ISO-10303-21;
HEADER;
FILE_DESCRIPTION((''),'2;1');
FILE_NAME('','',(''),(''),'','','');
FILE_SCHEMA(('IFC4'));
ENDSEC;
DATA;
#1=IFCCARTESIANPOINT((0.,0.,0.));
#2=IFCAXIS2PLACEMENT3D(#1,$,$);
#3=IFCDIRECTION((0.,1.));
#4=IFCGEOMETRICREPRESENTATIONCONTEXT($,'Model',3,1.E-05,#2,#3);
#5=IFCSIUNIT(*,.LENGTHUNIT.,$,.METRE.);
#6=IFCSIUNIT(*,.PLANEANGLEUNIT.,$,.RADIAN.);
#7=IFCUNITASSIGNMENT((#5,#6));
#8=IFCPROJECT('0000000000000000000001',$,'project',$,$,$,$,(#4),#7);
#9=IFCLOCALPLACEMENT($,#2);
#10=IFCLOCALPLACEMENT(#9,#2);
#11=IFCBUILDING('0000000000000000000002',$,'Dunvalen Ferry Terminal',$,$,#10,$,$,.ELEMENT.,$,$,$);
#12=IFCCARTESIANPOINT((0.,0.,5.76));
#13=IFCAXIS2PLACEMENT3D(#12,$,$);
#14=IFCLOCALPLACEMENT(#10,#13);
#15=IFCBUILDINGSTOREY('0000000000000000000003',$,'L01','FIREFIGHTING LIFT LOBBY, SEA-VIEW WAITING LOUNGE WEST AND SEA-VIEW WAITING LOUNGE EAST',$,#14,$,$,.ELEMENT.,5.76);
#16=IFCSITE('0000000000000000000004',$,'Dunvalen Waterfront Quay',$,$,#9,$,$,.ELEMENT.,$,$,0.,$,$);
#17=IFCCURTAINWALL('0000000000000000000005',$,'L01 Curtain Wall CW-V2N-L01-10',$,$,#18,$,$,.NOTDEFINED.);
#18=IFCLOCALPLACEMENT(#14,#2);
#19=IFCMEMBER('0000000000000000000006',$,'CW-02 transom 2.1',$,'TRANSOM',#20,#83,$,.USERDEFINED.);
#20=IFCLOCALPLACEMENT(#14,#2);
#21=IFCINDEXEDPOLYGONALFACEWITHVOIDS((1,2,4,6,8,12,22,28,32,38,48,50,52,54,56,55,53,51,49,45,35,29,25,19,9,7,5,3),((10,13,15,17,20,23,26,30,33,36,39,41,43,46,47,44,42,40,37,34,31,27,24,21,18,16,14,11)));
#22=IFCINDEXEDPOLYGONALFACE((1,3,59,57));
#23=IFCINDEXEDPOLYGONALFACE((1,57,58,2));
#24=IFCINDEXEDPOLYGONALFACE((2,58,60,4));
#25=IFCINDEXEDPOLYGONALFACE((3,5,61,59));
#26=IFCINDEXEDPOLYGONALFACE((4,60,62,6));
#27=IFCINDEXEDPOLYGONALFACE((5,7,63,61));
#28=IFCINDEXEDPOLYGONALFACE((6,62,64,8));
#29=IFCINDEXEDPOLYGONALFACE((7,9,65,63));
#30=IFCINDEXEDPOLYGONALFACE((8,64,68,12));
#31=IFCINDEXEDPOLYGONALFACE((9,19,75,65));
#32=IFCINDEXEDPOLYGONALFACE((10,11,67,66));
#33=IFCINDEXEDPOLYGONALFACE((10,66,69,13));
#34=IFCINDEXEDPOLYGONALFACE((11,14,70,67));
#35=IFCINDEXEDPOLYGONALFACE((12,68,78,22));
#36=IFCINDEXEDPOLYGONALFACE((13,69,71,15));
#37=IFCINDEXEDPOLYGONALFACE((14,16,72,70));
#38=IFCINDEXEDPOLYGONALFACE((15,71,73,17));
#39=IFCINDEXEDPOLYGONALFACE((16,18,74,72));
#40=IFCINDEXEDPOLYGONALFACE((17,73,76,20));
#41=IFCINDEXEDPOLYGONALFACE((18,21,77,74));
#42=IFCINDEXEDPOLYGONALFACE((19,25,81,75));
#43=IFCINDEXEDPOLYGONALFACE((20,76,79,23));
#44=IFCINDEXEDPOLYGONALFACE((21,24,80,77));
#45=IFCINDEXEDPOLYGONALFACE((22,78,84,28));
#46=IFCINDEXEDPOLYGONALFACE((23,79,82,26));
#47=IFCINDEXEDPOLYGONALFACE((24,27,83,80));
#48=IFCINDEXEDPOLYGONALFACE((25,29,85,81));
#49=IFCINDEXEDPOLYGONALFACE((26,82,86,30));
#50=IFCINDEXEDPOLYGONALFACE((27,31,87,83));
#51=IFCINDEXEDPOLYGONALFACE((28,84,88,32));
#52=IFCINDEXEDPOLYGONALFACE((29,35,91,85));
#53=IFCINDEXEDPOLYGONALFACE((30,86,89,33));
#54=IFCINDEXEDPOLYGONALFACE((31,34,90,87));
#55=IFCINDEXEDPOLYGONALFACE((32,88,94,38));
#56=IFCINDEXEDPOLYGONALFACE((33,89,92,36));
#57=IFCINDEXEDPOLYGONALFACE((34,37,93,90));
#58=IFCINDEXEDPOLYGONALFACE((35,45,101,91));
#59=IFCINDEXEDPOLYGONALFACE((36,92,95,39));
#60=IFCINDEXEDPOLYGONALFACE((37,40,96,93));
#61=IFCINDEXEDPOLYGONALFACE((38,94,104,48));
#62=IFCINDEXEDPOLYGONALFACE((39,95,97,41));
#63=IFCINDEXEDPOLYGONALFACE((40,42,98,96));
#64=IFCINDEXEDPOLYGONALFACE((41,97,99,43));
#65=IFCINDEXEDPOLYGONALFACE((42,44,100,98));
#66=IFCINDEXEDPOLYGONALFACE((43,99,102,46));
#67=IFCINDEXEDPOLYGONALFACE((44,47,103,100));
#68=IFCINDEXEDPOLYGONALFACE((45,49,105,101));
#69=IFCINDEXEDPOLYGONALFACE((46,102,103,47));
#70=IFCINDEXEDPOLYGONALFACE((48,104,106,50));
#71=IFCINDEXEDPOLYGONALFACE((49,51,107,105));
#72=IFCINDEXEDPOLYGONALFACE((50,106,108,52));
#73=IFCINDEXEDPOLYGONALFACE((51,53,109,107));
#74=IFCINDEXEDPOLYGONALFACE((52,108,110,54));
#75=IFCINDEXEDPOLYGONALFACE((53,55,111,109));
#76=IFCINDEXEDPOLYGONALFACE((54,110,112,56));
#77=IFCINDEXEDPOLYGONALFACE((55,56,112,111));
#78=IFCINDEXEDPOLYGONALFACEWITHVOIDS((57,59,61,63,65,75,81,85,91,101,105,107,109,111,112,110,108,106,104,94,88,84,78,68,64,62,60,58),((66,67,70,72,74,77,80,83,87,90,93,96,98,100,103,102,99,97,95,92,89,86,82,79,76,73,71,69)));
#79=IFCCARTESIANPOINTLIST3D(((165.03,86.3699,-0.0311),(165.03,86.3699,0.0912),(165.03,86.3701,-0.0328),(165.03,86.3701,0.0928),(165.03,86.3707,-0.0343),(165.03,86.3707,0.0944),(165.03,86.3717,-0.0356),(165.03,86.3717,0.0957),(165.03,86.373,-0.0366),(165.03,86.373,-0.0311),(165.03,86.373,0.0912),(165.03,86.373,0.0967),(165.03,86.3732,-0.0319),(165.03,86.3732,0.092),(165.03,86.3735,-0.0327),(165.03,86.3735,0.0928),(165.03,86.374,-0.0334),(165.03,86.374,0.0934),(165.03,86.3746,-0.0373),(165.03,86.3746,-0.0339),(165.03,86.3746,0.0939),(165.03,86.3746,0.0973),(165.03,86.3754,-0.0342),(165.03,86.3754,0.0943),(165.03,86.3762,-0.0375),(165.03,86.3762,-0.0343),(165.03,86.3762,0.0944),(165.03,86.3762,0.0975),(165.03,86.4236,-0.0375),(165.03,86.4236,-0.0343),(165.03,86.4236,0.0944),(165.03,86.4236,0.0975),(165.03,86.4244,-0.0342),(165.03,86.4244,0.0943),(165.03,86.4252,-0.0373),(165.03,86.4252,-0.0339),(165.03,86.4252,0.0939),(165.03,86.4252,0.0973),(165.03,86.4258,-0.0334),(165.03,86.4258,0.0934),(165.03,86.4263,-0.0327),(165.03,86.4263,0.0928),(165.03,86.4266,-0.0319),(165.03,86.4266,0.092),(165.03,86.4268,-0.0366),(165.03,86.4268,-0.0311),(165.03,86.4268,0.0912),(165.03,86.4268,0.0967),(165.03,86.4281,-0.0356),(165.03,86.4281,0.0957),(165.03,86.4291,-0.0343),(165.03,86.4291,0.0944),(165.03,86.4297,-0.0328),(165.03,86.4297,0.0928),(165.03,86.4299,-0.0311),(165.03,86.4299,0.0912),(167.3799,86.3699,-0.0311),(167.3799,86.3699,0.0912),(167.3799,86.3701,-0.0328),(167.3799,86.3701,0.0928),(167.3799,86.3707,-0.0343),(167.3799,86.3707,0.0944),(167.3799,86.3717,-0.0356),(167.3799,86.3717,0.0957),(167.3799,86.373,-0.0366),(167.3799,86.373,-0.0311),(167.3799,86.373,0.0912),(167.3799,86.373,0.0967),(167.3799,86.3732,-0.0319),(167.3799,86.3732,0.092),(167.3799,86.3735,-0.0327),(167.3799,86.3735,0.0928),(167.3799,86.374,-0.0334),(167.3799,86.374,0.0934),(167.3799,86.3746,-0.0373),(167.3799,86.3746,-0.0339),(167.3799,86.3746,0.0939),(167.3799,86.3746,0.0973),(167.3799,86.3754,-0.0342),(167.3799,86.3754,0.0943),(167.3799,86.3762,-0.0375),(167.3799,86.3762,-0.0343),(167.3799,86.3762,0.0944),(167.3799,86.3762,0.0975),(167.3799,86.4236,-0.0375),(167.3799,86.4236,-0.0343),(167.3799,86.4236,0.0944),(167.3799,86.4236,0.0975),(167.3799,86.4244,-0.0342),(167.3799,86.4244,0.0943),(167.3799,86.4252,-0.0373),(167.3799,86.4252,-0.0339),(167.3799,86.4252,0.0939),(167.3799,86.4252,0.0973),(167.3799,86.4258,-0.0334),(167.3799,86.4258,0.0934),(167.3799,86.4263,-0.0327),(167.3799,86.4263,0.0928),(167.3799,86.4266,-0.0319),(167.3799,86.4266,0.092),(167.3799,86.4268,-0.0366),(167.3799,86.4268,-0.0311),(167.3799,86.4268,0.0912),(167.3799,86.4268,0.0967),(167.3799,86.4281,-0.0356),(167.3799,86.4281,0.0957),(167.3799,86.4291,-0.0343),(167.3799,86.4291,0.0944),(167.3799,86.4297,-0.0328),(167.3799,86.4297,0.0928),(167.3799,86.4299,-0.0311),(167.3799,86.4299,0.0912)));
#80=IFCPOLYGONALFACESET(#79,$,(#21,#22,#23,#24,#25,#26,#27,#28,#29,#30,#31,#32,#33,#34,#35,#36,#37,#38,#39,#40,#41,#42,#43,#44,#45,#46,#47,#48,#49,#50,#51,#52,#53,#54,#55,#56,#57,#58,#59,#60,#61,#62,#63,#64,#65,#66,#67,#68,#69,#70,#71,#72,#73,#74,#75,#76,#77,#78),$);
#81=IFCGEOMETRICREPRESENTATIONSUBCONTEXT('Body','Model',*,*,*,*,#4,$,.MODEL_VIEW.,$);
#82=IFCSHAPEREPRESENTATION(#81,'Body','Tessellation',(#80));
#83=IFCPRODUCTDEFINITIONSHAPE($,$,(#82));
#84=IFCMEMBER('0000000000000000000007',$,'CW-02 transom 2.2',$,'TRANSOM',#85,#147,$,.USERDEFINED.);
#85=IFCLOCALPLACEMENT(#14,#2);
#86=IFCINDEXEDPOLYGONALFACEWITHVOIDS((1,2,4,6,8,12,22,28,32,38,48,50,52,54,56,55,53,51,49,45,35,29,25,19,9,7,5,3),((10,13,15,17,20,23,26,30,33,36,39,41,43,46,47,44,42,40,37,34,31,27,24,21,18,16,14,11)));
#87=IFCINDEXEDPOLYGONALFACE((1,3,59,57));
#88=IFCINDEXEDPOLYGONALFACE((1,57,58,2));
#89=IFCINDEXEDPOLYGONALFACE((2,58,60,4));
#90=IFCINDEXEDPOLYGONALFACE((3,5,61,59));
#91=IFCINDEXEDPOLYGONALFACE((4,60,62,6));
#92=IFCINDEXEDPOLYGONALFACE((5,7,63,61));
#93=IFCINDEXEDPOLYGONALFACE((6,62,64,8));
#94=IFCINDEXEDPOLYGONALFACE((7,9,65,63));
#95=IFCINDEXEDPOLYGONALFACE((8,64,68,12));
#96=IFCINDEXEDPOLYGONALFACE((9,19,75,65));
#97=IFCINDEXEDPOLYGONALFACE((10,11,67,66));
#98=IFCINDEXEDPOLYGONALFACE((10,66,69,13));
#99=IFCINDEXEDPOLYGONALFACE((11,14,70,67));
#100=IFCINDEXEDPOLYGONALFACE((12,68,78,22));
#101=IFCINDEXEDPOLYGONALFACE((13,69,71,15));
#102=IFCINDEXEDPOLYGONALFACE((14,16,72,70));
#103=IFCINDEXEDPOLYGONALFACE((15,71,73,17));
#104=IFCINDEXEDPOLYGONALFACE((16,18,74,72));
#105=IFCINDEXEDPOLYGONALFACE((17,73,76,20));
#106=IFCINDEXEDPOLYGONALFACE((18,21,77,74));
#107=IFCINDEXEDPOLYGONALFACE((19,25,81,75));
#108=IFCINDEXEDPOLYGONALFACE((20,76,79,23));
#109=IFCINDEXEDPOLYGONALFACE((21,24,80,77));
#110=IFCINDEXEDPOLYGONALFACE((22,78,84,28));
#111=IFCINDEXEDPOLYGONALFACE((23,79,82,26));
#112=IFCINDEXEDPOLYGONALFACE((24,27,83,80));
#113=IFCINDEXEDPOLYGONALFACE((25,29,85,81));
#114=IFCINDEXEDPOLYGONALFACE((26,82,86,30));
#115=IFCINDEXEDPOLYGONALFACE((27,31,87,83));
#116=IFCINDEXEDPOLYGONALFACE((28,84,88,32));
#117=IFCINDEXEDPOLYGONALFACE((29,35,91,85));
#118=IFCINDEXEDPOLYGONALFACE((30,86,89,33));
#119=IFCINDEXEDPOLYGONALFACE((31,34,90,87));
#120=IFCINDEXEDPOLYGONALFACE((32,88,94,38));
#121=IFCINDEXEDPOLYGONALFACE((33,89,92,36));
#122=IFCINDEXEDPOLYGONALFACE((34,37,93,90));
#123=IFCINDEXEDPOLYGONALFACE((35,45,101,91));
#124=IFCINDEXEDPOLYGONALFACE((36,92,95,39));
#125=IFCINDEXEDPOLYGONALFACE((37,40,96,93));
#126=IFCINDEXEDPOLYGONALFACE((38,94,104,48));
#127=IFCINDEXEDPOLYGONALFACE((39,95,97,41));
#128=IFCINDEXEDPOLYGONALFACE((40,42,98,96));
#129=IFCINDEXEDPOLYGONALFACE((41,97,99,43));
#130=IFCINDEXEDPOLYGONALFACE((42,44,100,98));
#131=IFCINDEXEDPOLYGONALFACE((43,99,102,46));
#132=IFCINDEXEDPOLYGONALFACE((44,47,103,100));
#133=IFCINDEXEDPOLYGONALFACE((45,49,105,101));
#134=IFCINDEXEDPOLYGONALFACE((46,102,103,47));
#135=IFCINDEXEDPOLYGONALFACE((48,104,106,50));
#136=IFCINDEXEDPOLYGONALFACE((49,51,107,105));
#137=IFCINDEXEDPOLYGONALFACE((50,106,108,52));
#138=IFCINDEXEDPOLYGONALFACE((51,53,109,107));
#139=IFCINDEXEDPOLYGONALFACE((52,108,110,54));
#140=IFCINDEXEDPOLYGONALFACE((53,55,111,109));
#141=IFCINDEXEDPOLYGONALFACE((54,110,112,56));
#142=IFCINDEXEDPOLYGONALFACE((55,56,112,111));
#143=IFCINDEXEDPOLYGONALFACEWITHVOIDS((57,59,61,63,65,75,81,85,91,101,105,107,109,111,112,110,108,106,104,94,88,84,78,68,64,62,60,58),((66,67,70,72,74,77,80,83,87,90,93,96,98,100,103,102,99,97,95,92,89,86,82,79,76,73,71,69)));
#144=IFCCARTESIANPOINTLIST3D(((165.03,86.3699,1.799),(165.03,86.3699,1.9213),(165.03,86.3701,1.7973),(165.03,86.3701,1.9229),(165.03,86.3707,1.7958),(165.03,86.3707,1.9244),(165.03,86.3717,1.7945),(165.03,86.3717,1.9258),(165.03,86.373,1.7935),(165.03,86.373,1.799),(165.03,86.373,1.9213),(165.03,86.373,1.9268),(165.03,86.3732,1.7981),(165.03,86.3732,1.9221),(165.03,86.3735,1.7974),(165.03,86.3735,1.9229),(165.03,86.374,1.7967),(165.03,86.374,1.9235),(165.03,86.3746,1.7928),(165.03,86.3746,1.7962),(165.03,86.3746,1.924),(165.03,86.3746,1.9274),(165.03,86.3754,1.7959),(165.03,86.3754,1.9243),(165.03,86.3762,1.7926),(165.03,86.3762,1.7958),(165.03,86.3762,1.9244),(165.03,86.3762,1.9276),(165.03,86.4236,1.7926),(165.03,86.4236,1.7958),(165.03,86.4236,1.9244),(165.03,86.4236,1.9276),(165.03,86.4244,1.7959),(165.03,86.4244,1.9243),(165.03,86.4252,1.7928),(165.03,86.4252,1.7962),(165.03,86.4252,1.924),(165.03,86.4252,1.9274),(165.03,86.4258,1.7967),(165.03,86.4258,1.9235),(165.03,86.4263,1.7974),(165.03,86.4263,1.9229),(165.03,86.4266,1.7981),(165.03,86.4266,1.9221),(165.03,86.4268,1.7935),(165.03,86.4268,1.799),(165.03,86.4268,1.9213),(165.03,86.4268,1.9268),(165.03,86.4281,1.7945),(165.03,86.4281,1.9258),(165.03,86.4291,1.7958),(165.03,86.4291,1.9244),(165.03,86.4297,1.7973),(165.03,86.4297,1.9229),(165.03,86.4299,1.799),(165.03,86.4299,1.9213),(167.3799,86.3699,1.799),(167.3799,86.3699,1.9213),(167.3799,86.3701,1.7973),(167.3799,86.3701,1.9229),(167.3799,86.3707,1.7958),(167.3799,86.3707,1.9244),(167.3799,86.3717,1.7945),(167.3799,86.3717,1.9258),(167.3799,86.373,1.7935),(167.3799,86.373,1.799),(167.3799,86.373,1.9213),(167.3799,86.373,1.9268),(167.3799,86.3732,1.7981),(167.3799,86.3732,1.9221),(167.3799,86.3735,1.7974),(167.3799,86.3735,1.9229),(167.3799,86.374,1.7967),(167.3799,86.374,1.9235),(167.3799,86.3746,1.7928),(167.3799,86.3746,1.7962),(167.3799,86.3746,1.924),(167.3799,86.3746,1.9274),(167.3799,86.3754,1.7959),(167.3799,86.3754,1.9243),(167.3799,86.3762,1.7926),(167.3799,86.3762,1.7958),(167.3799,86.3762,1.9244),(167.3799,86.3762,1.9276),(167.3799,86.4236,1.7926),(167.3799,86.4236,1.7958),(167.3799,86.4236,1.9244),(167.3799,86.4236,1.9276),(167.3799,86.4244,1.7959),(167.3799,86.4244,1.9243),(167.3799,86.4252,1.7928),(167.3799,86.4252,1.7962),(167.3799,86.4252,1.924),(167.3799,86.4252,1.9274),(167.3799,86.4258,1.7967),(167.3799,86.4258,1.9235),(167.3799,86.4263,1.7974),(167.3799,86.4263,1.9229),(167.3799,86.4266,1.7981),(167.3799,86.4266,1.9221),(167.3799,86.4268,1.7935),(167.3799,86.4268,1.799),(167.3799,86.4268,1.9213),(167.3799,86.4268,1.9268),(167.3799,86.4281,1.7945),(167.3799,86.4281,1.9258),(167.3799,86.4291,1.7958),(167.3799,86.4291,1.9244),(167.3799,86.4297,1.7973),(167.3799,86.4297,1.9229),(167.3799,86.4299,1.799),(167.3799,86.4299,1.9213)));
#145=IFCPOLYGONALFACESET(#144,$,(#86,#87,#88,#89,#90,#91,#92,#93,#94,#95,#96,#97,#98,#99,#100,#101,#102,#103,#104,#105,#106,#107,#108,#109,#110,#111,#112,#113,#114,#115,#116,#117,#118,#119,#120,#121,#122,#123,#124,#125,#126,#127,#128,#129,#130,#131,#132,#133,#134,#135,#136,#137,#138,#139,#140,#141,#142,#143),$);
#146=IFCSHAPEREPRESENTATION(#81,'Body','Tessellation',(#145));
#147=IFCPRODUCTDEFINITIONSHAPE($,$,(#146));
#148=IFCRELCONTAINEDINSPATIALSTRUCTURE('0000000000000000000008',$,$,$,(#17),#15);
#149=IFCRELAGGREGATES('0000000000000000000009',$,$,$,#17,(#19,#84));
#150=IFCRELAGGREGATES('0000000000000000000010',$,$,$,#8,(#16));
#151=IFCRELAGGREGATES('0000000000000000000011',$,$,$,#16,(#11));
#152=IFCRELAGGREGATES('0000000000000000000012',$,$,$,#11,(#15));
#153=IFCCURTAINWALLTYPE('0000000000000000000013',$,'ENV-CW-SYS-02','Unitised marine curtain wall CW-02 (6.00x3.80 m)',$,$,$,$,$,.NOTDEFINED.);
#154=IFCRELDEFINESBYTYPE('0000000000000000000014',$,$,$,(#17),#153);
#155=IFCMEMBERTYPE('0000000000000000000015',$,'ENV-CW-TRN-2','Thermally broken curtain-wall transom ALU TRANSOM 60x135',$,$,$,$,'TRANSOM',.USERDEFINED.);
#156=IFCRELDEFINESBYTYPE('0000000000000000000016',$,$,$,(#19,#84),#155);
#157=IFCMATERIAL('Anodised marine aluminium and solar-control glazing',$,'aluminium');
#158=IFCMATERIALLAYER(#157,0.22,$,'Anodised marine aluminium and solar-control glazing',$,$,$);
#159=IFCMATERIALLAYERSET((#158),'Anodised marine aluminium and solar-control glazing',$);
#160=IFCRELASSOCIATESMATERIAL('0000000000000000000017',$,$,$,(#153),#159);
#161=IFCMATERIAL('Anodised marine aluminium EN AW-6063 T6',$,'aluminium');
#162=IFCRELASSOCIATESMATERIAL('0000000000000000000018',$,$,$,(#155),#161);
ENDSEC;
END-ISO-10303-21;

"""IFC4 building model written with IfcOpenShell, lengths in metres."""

from ifc_helpers import new_model, si_unit, direction, frame, origin, origin_2d, place, context, subcontext, project, spatial, hollow_rectangle, extrude, material, layer, layer_set, material_profile, profile_set, type_object, element, aggregate, save


model = new_model("IFC4")

# Units and contexts
model_context = context("Model", 3, precision=1e-05, world=origin(), true_north=direction((0.0, 1.0)))
body_context = subcontext(model_context, "Body", "Model", "MODEL_VIEW")
ifc_project = project(units=[si_unit("LENGTHUNIT", "METRE"), si_unit("PLANEANGLEUNIT", "RADIAN")], contexts=[model_context])

# Site, building, storey
site_placement = place(None, origin())
site = spatial("IfcSite", under=ifc_project, at=site_placement, Name="Dunvalen Waterfront Quay", CompositionType="ELEMENT", RefElevation=0.0)
building_placement = place(site_placement, origin())
building = spatial("IfcBuilding", under=site, at=building_placement, Name="Dunvalen Ferry Terminal", CompositionType="ELEMENT")
storey_placement = place(building_placement, frame((0.0, 0.0, 5.76)))
storey = spatial("IfcBuildingStorey", under=building, at=storey_placement, Name="L01", Description="FIREFIGHTING LIFT LOBBY, SEA-VIEW WAITING LOUNGE WEST AND SEA-VIEW WAITING LOUNGE EAST", CompositionType="ELEMENT", Elevation=5.76)

# Shared definitions
ifc_material_1 = material(Name="Anodised marine aluminium and solar-control glazing", Category="aluminium")
ifc_layer_1 = layer(ifc_material_1, 0.22, Name="Anodised marine aluminium and solar-control glazing")
ifc_layer_set_1 = layer_set([ifc_layer_1], Name="Anodised marine aluminium and solar-control glazing")
curtain_wall_type_1 = type_object("IfcCurtainWallType", Name="ENV-CW-SYS-02", Description="Unitised marine curtain wall CW-02 (6.00x3.80 m)", PredefinedType="NOTDEFINED", material=ifc_layer_set_1)
ifc_material_2 = material(Name="Anodised marine aluminium EN AW-6063 T6", Category="aluminium")

# Curtain wall
curtain_wall_1_placement = place(storey_placement, origin())
curtain_wall_1 = element("IfcCurtainWall", 1, at=curtain_wall_1_placement, inside=storey, type_object=curtain_wall_type_1, Name="L01 Curtain Wall CW-V2N-L01-10", PredefinedType="NOTDEFINED")

# Members
ifc_material_profile_1 = material_profile(ifc_material_2, hollow_rectangle(XDim=0.0601, YDim=0.135, WallThickness=0.0032, InnerFilletRadius=0.0032, OuterFilletRadius=0.0063, at=origin_2d()), Name="Anodised marine aluminium EN AW-6063 T6")
ifc_profile_set_1 = profile_set([ifc_material_profile_1], Name="Anodised marine aluminium EN AW-6063 T6")
member_type_1 = type_object("IfcMemberType", Name="ENV-CW-TRN-2", Description="Thermally broken curtain-wall transom ALU TRANSOM 60x135", ElementType="TRANSOM", PredefinedType="USERDEFINED", material=ifc_profile_set_1)
member_1_placement = place(storey_placement, frame((165.03, 86.3999, 0.03), z_axis=(1.0, 0.0, 0.0), x_axis=(0.0, 1.0, 0.0)))
member_1 = element("IfcMember", 2, at=member_1_placement, type_object=member_type_1, Name="CW-02 transom 2.1", ObjectType="TRANSOM", PredefinedType="USERDEFINED", context=body_context, shape_type="SweptSolid", body=[
    extrude(hollow_rectangle(XDim=0.0601, YDim=0.135, WallThickness=0.0032, InnerFilletRadius=0.0032, OuterFilletRadius=0.0063, at=origin_2d()), origin(), (0.0, 0.0, 1.0), 2.3499),
])
member_2_placement = place(storey_placement, frame((165.03, 86.3999, 1.8601), z_axis=(1.0, 0.0, 0.0), x_axis=(0.0, 1.0, 0.0)))
member_2 = element("IfcMember", 3, at=member_2_placement, type_object=member_type_1, Name="CW-02 transom 2.2", ObjectType="TRANSOM", PredefinedType="USERDEFINED", context=body_context, shape_type="SweptSolid", body=[
    extrude(hollow_rectangle(XDim=0.0601, YDim=0.135, WallThickness=0.0032, InnerFilletRadius=0.0032, OuterFilletRadius=0.0063, at=origin_2d()), origin(), (0.0, 0.0, 1.0), 2.3499),
])

aggregate(curtain_wall_1, [member_1, member_2])

save(model, "model.ifc")
